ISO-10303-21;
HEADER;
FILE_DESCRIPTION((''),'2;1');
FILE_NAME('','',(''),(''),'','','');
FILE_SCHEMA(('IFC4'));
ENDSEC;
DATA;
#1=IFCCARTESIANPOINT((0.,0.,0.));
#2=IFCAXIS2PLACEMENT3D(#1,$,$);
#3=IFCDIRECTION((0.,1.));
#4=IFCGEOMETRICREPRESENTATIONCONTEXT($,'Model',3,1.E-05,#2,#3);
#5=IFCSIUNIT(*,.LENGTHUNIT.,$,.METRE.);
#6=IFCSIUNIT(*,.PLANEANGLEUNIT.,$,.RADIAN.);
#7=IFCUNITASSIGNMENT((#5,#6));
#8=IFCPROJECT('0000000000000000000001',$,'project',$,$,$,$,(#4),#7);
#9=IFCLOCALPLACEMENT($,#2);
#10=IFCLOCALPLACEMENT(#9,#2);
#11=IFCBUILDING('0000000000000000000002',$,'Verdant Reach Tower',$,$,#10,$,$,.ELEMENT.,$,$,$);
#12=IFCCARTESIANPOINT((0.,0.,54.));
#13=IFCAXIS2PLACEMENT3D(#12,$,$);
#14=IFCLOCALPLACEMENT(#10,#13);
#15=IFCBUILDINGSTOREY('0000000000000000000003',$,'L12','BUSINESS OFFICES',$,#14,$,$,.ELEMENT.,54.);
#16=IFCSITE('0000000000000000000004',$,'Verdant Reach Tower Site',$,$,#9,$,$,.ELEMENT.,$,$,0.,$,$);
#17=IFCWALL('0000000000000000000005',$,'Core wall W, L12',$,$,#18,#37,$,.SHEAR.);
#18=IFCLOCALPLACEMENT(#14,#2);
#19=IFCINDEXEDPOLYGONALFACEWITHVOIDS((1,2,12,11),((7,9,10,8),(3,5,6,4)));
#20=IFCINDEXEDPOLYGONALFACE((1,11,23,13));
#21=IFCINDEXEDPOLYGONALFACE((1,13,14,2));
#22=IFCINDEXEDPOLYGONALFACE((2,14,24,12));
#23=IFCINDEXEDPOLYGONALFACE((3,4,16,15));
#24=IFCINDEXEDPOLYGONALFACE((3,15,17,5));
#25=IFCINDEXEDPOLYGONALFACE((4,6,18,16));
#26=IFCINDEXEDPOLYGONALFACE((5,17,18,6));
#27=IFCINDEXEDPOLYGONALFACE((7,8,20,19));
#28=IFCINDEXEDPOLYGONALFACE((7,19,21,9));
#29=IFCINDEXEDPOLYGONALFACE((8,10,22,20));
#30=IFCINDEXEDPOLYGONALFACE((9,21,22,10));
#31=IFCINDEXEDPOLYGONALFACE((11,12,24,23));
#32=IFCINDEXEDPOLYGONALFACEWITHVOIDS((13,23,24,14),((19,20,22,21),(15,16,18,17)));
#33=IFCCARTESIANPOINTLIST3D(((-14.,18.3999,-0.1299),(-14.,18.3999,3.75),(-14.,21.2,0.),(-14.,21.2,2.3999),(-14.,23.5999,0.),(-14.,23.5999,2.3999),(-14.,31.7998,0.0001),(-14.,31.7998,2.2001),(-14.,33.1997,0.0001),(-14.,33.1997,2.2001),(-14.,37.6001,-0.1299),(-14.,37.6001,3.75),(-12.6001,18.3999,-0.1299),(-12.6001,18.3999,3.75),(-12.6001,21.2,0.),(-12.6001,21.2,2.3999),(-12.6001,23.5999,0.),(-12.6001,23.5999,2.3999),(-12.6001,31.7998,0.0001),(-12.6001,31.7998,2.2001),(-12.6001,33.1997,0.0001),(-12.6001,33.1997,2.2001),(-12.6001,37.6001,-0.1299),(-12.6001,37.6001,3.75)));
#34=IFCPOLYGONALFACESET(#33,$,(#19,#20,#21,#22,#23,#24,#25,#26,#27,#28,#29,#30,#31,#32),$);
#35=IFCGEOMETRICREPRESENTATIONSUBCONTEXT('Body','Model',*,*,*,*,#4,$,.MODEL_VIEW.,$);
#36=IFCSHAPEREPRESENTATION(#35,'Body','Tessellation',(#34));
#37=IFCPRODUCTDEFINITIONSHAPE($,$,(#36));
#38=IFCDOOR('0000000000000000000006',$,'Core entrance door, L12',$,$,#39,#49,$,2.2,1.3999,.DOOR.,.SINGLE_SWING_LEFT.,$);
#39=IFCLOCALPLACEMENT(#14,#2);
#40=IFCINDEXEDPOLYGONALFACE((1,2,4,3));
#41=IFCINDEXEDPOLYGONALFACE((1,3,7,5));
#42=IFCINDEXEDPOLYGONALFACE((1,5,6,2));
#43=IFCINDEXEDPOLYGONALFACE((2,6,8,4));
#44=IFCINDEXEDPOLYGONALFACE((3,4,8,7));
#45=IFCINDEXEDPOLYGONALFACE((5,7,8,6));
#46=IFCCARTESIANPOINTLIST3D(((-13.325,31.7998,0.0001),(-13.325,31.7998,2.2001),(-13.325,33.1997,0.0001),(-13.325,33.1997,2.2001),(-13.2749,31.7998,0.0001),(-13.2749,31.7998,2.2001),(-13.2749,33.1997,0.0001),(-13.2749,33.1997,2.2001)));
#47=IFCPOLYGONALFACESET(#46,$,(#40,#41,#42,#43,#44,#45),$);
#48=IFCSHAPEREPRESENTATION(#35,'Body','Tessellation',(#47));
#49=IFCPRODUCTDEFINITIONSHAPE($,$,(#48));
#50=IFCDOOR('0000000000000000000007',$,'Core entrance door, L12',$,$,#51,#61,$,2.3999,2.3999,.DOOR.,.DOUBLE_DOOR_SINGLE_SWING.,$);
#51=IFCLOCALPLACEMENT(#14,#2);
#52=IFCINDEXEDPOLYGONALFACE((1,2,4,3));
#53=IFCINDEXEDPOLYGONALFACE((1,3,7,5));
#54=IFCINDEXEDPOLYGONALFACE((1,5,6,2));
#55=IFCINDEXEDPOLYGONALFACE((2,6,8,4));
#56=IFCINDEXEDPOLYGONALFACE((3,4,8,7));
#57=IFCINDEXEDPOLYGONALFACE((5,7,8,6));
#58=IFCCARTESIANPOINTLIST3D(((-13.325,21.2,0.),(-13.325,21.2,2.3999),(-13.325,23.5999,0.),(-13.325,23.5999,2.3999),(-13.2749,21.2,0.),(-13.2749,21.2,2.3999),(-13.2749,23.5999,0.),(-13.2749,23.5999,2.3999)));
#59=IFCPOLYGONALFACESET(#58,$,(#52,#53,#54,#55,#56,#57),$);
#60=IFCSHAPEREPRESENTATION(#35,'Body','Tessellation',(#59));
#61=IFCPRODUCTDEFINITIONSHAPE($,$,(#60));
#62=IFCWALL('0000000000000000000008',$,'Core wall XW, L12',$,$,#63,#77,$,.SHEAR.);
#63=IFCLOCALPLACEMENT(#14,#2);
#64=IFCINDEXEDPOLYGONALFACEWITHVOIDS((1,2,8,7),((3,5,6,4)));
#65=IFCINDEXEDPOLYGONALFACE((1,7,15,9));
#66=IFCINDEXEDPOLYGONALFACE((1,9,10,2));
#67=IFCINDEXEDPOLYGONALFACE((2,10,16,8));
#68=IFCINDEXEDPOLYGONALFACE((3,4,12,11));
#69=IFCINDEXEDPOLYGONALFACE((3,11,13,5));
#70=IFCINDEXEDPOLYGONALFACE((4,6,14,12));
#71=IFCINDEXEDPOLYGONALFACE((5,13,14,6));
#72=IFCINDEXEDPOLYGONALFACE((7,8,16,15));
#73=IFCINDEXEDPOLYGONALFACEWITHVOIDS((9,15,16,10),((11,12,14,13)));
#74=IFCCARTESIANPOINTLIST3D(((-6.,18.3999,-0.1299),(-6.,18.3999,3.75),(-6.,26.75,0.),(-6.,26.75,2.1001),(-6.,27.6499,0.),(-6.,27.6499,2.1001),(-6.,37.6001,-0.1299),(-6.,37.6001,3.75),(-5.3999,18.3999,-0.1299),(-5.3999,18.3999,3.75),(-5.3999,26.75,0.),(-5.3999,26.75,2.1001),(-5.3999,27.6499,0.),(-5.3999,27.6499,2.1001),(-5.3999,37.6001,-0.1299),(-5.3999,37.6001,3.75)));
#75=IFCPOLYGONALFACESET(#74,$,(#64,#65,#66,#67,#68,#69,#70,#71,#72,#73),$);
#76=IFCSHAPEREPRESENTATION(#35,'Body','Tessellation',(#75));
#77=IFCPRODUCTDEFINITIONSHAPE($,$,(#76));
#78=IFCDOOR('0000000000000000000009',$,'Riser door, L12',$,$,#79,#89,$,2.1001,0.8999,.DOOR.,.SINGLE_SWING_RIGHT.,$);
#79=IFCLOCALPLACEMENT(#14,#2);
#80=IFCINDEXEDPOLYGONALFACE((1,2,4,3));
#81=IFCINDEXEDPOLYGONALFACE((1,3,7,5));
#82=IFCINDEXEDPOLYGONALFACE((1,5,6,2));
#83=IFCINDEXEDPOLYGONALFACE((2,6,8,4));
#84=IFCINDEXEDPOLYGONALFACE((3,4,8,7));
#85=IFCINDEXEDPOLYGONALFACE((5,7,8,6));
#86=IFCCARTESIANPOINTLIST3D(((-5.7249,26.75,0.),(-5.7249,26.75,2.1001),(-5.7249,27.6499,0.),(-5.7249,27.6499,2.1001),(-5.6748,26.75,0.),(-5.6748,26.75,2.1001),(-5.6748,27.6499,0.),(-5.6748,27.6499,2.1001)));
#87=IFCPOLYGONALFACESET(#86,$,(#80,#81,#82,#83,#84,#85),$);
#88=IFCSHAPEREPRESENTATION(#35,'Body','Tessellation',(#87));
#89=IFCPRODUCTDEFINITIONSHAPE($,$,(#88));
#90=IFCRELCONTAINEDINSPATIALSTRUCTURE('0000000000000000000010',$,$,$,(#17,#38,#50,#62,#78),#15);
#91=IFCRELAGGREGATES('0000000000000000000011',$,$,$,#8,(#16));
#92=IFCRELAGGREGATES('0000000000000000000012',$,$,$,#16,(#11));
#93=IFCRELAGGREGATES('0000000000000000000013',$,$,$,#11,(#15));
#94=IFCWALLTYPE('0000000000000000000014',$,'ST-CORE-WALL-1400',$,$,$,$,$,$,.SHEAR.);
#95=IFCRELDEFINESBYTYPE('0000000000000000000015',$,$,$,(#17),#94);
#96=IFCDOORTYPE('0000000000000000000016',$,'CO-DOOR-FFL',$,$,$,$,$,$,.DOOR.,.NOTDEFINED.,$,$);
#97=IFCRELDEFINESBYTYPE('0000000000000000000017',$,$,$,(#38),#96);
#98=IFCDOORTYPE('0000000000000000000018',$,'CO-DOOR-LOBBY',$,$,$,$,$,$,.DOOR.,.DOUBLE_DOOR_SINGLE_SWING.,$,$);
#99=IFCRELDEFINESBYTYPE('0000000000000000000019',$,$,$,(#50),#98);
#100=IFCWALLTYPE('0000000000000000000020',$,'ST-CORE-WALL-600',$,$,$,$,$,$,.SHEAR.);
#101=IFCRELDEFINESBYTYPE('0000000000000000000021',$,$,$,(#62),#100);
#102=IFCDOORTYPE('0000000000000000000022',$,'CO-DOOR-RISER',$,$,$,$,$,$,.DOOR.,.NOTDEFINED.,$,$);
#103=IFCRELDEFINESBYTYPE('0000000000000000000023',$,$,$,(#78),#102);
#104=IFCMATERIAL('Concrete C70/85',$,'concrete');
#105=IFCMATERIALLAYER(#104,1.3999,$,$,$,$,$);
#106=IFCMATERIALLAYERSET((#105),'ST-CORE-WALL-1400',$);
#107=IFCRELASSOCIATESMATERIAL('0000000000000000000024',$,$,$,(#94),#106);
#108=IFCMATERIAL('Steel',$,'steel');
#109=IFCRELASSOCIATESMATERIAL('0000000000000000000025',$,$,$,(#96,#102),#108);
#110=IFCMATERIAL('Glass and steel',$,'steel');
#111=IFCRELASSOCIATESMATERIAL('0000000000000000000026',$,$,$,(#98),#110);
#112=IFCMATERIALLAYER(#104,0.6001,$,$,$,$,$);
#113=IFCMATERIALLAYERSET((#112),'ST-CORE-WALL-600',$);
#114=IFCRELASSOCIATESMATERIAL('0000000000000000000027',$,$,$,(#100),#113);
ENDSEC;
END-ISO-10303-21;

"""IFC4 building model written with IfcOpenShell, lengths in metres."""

from ifc_helpers import new_model, si_unit, direction, frame, frame_2d, origin, place, context, subcontext, project, spatial, rectangle, extrude, material, layer, layer_set, type_object, element, fill, save


model = new_model("IFC4")

# Units and contexts
model_context = context("Model", 3, precision=1e-05, world=origin(), true_north=direction((0.0, 1.0)))
body_context = subcontext(model_context, "Body", "Model", "MODEL_VIEW")
ifc_project = project(units=[si_unit("LENGTHUNIT", "METRE"), si_unit("PLANEANGLEUNIT", "RADIAN")], contexts=[model_context])

# Site, building, storey
site_placement = place(None, origin())
site = spatial("IfcSite", under=ifc_project, at=site_placement, Name="Verdant Reach Tower Site", CompositionType="ELEMENT", RefElevation=0.0)
building_placement = place(site_placement, origin())
building = spatial("IfcBuilding", under=site, at=building_placement, Name="Verdant Reach Tower", CompositionType="ELEMENT")
storey_placement = place(building_placement, frame((0.0, 0.0, 54.0)))
storey = spatial("IfcBuildingStorey", under=building, at=storey_placement, Name="L12", Description="BUSINESS OFFICES", CompositionType="ELEMENT", Elevation=54.0)

# Wall, openings, doors
ifc_material_1 = material(Name="Concrete C70/85", Category="concrete")
ifc_layer_1 = layer(ifc_material_1, 1.3999)
ifc_layer_set_1 = layer_set([ifc_layer_1], Name="ST-CORE-WALL-1400")
wall_type_1 = type_object("IfcWallType", Name="ST-CORE-WALL-1400", PredefinedType="SHEAR", material=ifc_layer_set_1)
wall_1_placement = place(storey_placement, frame((-13.3, 18.3999, -0.1299), z_axis=(0.0, 0.0, 1.0), x_axis=(0.0, 1.0, 0.0)))
wall_1 = element("IfcWall", 1, at=wall_1_placement, inside=storey, type_object=wall_type_1, Name="Core wall W, L12", PredefinedType="SHEAR", context=body_context, shape_type="SweptSolid", body=[
    extrude(rectangle(XDim=19.2002, YDim=1.3999, at=frame_2d((9.6001, 0.0))), origin(), (0.0, 0.0, 1.0), 3.8799),
])
opening_1_placement = place(wall_1_placement, frame((2.8, 0.0, 0.1299)))
opening_1 = element("IfcOpeningElement", 2, at=opening_1_placement, cuts=wall_1, PredefinedType="OPENING", context=body_context, shape_type="SweptSolid", body=[
    extrude(rectangle(XDim=2.3999, YDim=2.3999, at=frame_2d((1.2, 1.2))), frame((0.0, 0.71, 0.0), z_axis=(0.0, -1.0, 0.0), x_axis=(1.0, 0.0, 0.0)), (0.0, 0.0, 1.0), 1.4199),
])
opening_2_placement = place(wall_1_placement, frame((13.3999, 0.0, 0.1299)))
opening_2 = element("IfcOpeningElement", 3, at=opening_2_placement, cuts=wall_1, PredefinedType="OPENING", context=body_context, shape_type="SweptSolid", body=[
    extrude(rectangle(XDim=1.3999, YDim=2.2, at=frame_2d((0.7, 1.1001))), frame((0.0, 0.71, 0.0), z_axis=(0.0, -1.0, 0.0), x_axis=(1.0, 0.0, 0.0)), (0.0, 0.0, 1.0), 1.4199),
])
ifc_material_2 = material(Name="Steel", Category="steel")
door_type_1 = type_object("IfcDoorType", Name="CO-DOOR-FFL", OperationType="NOTDEFINED", PredefinedType="DOOR", material=ifc_material_2)
door_1_placement = place(opening_2_placement, origin())
door_1 = element("IfcDoor", 4, at=door_1_placement, inside=storey, type_object=door_type_1, Name="Core entrance door, L12", OperationType="SINGLE_SWING_LEFT", OverallHeight=2.2, OverallWidth=1.3999, PredefinedType="DOOR", context=body_context, shape_type="SweptSolid", body=[
    extrude(rectangle(XDim=1.3999, YDim=2.2, at=frame_2d((0.7, 1.1001))), frame((0.0, 0.0249, 0.0), z_axis=(0.0, -1.0, 0.0), x_axis=(1.0, 0.0, 0.0)), (0.0, 0.0, 1.0), 0.05),
])
fill(opening_2, door_1)
ifc_material_3 = material(Name="Glass and steel", Category="steel")
door_type_2 = type_object("IfcDoorType", Name="CO-DOOR-LOBBY", OperationType="DOUBLE_DOOR_SINGLE_SWING", PredefinedType="DOOR", material=ifc_material_3)
door_2_placement = place(opening_1_placement, origin())
door_2 = element("IfcDoor", 5, at=door_2_placement, inside=storey, type_object=door_type_2, Name="Core entrance door, L12", OperationType="DOUBLE_DOOR_SINGLE_SWING", OverallHeight=2.3999, OverallWidth=2.3999, PredefinedType="DOOR", context=body_context, shape_type="SweptSolid", body=[
    extrude(rectangle(XDim=2.3999, YDim=2.3999, at=frame_2d((1.2, 1.2))), frame((0.0, 0.0249, 0.0), z_axis=(0.0, -1.0, 0.0), x_axis=(1.0, 0.0, 0.0)), (0.0, 0.0, 1.0), 0.05),
])
fill(opening_1, door_2)

# Wall, opening, door
ifc_layer_2 = layer(ifc_material_1, 0.6001)
ifc_layer_set_2 = layer_set([ifc_layer_2], Name="ST-CORE-WALL-600")
wall_type_2 = type_object("IfcWallType", Name="ST-CORE-WALL-600", PredefinedType="SHEAR", material=ifc_layer_set_2)
wall_2_placement = place(storey_placement, frame((-5.7, 18.3999, -0.1299), z_axis=(0.0, 0.0, 1.0), x_axis=(0.0, 1.0, 0.0)))
wall_2 = element("IfcWall", 6, at=wall_2_placement, inside=storey, type_object=wall_type_2, Name="Core wall XW, L12", PredefinedType="SHEAR", context=body_context, shape_type="SweptSolid", body=[
    extrude(rectangle(XDim=19.2002, YDim=0.6001, at=frame_2d((9.6001, 0.0))), origin(), (0.0, 0.0, 1.0), 3.8799),
])
opening_3_placement = place(wall_2_placement, frame((8.3501, 0.0, 0.1299)))
opening_3 = element("IfcOpeningElement", 7, at=opening_3_placement, cuts=wall_2, PredefinedType="OPENING", context=body_context, shape_type="SweptSolid", body=[
    extrude(rectangle(XDim=0.8999, YDim=2.1001, at=frame_2d((0.45, 1.05))), frame((0.0, 0.3101, 0.0), z_axis=(0.0, -1.0, 0.0), x_axis=(1.0, 0.0, 0.0)), (0.0, 0.0, 1.0), 0.6201),
])
door_type_3 = type_object("IfcDoorType", Name="CO-DOOR-RISER", OperationType="NOTDEFINED", PredefinedType="DOOR", material=ifc_material_2)
door_3_placement = place(opening_3_placement, origin())
door_3 = element("IfcDoor", 8, at=door_3_placement, inside=storey, type_object=door_type_3, Name="Riser door, L12", OperationType="SINGLE_SWING_RIGHT", OverallHeight=2.1001, OverallWidth=0.8999, PredefinedType="DOOR", context=body_context, shape_type="SweptSolid", body=[
    extrude(rectangle(XDim=0.8999, YDim=2.1001, at=frame_2d((0.45, 1.05))), frame((0.0, 0.0249, 0.0), z_axis=(0.0, -1.0, 0.0), x_axis=(1.0, 0.0, 0.0)), (0.0, 0.0, 1.0), 0.05),
])
fill(opening_3, door_3)

save(model, "model.ifc")
